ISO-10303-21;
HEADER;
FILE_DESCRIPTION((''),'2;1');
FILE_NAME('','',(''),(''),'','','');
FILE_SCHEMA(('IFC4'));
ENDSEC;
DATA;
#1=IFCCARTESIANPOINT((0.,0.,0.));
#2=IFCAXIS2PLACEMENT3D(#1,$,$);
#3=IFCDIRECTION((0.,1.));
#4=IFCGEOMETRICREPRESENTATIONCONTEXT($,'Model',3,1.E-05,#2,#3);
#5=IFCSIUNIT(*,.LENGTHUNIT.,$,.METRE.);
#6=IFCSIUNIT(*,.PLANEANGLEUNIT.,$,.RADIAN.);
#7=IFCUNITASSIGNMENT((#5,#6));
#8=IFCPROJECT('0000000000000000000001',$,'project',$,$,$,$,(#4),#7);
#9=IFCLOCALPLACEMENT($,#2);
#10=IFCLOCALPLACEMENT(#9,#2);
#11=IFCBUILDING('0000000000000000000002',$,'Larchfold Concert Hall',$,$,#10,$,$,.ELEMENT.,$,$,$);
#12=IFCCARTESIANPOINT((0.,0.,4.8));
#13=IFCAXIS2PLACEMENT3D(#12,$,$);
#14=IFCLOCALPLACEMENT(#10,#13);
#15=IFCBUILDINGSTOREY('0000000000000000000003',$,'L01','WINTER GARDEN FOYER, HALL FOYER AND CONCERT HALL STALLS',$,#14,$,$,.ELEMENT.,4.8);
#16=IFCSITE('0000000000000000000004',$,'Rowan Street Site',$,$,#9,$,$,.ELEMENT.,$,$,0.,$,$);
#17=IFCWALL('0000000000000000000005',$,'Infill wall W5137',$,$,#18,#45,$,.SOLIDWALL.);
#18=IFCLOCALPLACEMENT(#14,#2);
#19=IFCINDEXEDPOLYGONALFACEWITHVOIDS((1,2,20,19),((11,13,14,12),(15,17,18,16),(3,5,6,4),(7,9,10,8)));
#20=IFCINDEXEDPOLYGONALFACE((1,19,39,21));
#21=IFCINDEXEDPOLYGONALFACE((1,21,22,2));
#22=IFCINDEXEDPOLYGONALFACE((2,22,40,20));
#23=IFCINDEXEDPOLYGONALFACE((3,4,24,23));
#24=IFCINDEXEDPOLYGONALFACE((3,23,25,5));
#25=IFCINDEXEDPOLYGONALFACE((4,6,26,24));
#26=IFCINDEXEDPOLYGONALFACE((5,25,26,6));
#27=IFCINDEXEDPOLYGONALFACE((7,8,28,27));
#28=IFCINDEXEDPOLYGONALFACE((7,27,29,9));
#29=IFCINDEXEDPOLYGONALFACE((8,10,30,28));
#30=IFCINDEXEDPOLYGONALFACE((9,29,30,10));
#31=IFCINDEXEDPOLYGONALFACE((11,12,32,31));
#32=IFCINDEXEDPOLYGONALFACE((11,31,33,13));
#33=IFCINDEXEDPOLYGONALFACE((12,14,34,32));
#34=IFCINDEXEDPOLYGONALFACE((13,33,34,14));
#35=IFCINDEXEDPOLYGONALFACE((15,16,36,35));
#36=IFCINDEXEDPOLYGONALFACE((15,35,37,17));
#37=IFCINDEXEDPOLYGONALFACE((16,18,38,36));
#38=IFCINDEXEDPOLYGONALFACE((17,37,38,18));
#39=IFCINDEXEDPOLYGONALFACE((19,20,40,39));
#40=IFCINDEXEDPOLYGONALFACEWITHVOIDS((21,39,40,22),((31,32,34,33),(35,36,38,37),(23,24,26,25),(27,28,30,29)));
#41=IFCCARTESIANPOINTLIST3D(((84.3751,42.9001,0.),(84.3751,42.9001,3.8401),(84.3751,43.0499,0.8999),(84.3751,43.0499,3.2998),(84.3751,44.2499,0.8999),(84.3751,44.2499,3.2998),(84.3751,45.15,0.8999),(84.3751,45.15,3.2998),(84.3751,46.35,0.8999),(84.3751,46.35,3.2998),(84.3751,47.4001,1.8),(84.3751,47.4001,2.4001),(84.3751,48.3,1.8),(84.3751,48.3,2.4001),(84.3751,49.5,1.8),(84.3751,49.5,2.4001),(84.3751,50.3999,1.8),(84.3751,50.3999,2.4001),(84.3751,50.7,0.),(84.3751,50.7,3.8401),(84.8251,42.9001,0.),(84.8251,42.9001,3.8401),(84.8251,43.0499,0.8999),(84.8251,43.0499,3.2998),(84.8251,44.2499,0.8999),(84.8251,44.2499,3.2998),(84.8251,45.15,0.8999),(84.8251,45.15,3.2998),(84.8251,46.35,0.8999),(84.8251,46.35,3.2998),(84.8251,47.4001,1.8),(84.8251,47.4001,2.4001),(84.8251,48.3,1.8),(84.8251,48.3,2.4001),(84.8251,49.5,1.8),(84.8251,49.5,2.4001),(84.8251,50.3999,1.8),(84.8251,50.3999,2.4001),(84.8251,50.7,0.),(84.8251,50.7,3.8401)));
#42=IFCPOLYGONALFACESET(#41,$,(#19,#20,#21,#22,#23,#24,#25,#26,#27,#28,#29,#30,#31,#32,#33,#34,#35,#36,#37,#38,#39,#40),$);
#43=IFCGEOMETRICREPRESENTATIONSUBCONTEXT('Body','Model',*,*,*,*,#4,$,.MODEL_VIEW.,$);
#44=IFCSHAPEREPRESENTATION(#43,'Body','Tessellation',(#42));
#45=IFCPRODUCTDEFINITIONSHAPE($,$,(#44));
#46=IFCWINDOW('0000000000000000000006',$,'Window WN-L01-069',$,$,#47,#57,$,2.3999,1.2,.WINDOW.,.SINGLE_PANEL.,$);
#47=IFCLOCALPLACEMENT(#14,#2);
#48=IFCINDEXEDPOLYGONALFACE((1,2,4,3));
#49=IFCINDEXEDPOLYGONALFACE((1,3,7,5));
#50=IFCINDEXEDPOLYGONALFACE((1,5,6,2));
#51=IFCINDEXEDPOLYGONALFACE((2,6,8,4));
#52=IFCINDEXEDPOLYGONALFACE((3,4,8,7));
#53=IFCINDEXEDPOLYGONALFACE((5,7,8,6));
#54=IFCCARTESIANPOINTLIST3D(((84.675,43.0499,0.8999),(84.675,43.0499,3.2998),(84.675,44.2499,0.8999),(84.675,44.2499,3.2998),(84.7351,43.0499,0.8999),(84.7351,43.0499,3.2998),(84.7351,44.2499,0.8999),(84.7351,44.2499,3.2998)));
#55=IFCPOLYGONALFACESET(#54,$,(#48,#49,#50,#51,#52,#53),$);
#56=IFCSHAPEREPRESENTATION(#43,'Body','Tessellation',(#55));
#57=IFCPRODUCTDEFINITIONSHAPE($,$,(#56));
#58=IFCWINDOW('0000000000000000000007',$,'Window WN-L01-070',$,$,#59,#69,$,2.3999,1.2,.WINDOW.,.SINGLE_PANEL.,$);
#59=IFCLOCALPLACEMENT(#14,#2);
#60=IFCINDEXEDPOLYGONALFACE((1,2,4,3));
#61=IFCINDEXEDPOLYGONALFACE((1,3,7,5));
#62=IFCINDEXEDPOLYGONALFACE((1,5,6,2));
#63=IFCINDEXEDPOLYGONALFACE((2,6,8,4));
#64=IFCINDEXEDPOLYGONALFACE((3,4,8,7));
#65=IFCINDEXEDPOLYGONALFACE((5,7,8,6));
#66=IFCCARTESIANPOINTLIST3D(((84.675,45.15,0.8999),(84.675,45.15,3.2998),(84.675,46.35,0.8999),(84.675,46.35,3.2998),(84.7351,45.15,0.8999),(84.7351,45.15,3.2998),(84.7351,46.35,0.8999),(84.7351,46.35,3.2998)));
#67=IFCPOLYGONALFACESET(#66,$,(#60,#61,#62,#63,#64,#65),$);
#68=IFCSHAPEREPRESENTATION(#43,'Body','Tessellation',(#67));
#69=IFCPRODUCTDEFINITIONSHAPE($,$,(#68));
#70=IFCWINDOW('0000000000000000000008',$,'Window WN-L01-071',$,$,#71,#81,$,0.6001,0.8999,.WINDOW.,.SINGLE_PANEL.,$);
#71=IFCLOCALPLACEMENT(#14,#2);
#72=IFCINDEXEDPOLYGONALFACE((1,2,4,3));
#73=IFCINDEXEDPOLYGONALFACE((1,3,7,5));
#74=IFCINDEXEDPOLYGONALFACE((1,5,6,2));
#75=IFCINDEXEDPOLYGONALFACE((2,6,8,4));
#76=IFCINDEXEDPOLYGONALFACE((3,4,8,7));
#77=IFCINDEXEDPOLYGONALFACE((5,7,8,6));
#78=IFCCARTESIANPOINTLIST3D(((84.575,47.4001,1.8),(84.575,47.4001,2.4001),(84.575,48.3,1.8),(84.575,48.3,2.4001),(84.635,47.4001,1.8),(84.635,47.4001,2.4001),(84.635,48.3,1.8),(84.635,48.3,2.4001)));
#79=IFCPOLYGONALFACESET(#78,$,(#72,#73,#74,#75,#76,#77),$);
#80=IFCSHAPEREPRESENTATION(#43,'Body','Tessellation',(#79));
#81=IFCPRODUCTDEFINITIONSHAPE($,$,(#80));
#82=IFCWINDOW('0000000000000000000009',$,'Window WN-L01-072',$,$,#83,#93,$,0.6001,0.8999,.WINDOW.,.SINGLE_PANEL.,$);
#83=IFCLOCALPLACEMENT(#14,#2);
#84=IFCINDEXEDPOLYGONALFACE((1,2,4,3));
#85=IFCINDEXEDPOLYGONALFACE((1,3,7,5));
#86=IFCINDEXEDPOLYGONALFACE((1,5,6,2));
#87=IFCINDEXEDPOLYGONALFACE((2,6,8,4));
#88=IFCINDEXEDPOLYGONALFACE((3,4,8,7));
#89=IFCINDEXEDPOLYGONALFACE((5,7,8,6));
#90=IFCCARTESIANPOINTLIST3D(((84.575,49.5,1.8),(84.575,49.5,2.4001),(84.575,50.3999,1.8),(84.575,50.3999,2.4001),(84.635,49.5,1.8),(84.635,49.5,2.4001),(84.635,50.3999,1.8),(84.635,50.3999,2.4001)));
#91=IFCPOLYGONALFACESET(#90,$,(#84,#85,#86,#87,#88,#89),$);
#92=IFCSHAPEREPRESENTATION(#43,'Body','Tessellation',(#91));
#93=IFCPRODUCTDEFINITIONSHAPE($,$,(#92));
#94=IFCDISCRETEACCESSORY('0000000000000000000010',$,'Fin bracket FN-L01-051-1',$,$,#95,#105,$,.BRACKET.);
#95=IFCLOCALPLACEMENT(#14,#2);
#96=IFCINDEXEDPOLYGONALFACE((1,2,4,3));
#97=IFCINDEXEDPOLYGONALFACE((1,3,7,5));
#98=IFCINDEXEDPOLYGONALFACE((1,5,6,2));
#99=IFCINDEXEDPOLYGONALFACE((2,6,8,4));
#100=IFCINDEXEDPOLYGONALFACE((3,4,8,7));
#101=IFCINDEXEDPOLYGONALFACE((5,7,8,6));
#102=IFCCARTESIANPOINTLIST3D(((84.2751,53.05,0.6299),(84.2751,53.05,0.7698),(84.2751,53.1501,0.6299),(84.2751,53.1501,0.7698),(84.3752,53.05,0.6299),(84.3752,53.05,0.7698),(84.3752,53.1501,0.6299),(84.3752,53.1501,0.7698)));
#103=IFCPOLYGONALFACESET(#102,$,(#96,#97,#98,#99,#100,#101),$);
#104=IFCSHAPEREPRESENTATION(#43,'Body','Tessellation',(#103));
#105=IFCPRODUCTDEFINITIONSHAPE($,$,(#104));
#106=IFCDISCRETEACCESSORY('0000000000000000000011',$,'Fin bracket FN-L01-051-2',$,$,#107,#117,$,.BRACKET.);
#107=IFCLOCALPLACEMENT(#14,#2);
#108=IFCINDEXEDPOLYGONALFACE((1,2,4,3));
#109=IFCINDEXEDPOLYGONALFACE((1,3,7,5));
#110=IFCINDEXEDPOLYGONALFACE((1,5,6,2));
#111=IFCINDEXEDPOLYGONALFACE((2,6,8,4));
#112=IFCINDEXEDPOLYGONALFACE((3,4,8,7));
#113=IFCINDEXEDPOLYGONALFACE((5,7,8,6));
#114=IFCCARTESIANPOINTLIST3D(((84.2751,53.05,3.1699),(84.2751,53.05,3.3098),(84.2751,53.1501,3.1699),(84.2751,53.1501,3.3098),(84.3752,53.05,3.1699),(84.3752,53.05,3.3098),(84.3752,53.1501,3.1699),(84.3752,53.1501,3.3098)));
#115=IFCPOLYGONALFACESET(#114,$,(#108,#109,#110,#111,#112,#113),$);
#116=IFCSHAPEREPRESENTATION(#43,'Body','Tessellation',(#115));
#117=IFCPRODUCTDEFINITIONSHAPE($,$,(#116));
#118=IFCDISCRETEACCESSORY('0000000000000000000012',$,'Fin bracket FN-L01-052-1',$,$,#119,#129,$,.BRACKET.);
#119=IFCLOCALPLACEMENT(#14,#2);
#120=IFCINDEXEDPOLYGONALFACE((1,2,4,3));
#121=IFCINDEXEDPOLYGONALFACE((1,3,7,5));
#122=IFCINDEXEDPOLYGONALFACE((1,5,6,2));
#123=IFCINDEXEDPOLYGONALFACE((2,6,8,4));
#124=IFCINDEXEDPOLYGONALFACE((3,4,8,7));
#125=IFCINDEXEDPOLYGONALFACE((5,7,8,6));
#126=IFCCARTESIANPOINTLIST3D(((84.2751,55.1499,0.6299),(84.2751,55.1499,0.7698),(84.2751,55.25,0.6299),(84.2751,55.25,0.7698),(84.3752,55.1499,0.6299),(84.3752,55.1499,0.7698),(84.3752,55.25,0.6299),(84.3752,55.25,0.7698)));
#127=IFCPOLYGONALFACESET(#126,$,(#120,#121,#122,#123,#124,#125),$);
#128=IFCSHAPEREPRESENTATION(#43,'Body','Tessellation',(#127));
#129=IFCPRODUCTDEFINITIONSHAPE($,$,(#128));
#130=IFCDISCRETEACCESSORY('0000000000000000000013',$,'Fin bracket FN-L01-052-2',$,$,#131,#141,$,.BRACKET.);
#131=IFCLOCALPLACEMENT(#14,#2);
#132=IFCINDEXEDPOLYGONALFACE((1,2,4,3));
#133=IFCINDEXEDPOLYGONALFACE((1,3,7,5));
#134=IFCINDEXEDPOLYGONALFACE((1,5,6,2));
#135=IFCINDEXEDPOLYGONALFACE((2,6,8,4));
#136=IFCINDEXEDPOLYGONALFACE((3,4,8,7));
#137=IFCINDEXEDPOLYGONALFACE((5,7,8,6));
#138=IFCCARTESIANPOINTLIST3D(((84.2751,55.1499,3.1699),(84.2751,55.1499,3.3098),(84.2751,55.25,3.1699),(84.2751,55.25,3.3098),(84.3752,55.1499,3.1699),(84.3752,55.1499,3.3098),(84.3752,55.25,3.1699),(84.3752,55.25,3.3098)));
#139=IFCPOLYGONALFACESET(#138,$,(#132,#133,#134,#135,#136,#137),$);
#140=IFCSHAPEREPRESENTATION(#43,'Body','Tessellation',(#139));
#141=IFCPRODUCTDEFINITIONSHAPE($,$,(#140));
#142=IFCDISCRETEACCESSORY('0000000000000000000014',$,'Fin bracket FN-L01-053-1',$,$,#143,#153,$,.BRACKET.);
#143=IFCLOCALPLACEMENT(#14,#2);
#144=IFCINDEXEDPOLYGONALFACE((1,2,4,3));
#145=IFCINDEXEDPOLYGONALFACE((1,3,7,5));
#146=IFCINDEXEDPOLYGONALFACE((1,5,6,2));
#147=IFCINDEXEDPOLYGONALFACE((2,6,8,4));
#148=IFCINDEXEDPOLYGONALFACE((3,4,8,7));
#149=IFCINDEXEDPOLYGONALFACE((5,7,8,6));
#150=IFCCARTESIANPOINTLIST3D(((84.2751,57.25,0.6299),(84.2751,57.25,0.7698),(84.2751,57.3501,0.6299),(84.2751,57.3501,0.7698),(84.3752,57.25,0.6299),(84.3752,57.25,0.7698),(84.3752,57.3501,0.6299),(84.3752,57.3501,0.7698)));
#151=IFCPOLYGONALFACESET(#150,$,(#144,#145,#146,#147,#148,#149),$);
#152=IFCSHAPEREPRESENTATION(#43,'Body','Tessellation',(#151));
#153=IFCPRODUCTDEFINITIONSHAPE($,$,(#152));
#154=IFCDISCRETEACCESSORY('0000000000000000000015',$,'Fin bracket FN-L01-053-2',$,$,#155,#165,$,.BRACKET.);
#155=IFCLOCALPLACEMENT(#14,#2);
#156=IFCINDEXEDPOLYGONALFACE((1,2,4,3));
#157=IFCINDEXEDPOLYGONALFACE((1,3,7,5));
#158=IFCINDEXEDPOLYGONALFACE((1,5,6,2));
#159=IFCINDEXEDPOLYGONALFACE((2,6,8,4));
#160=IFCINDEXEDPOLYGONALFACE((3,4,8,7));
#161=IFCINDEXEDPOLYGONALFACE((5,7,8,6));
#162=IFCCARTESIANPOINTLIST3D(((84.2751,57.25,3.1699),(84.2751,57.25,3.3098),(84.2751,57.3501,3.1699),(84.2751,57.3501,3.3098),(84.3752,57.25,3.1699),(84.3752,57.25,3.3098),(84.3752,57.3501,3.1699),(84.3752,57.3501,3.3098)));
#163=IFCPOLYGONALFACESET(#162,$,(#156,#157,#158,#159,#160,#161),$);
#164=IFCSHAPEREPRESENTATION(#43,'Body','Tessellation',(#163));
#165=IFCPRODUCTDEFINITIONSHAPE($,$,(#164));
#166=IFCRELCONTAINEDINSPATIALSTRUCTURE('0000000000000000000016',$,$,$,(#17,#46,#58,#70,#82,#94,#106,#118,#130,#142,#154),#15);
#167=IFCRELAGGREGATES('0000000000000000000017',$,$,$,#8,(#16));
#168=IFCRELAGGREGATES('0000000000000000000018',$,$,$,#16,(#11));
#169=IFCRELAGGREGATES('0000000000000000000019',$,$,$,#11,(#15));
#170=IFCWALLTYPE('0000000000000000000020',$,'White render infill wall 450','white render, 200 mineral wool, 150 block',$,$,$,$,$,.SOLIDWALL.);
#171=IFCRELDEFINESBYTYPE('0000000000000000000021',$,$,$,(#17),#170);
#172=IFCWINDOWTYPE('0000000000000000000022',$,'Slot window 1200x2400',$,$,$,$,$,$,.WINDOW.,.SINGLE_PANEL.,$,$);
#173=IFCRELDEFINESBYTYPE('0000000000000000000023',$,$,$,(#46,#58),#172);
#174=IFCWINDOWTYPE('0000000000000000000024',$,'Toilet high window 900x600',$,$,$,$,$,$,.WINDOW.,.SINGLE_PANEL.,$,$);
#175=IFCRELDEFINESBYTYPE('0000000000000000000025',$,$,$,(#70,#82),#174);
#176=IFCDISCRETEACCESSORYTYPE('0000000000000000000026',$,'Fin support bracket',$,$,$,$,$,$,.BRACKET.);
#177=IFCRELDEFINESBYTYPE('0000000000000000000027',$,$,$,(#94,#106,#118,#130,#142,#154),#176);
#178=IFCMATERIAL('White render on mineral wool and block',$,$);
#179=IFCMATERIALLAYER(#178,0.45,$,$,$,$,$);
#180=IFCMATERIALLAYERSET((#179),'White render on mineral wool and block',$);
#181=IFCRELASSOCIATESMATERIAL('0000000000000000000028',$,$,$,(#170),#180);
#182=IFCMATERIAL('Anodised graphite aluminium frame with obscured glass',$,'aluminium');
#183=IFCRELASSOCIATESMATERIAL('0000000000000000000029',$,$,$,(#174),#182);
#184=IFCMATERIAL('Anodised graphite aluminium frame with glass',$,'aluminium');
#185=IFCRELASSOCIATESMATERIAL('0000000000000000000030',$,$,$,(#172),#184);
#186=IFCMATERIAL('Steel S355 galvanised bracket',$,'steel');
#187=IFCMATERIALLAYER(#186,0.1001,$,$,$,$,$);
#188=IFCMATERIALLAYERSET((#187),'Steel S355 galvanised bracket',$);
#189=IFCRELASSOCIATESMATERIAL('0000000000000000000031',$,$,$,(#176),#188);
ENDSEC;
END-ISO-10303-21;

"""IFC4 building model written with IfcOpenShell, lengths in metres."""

from ifc_helpers import new_model, si_unit, direction, frame, frame_2d, origin, origin_2d, place, context, subcontext, project, spatial, rectangle, extrude, material, layer, layer_set, type_object, element, fill, save


model = new_model("IFC4")

# Units and contexts
model_context = context("Model", 3, precision=1e-05, world=origin(), true_north=direction((0.0, 1.0)))
body_context = subcontext(model_context, "Body", "Model", "MODEL_VIEW")
ifc_project = project(units=[si_unit("LENGTHUNIT", "METRE"), si_unit("PLANEANGLEUNIT", "RADIAN")], contexts=[model_context])

# Site, building, storey
site_placement = place(None, origin())
site = spatial("IfcSite", under=ifc_project, at=site_placement, Name="Rowan Street Site", CompositionType="ELEMENT", RefElevation=0.0)
building_placement = place(site_placement, origin())
building = spatial("IfcBuilding", under=site, at=building_placement, Name="Larchfold Concert Hall", CompositionType="ELEMENT")
storey_placement = place(building_placement, frame((0.0, 0.0, 4.8)))
storey = spatial("IfcBuildingStorey", under=building, at=storey_placement, Name="L01", Description="WINTER GARDEN FOYER, HALL FOYER AND CONCERT HALL STALLS", CompositionType="ELEMENT", Elevation=4.8)

# Wall, openings, windows
ifc_material_1 = material(Name="White render on mineral wool and block")
ifc_layer_1 = layer(ifc_material_1, 0.45)
ifc_layer_set_1 = layer_set([ifc_layer_1], Name="White render on mineral wool and block")
wall_type_1 = type_object("IfcWallType", Name="White render infill wall 450", Description="white render, 200 mineral wool, 150 block", PredefinedType="SOLIDWALL", material=ifc_layer_set_1)
ifc_material_2 = material(Name="Anodised graphite aluminium frame with obscured glass", Category="aluminium")
window_type_1 = type_object("IfcWindowType", Name="Toilet high window 900x600", PartitioningType="SINGLE_PANEL", PredefinedType="WINDOW", material=ifc_material_2)
wall_1_placement = place(storey_placement, frame((84.6001, 50.7, 0.0), z_axis=(0.0, 0.0, 1.0), x_axis=(0.0, -1.0, 0.0)))
wall_1 = element("IfcWall", 1, at=wall_1_placement, inside=storey, type_object=wall_type_1, Name="Infill wall W5137", PredefinedType="SOLIDWALL", context=body_context, shape_type="SweptSolid", body=[
    extrude(rectangle(XDim=7.7998, YDim=0.45, at=frame_2d((3.8999, 0.0))), origin(), (0.0, 0.0, 1.0), 3.8401),
])
opening_1_placement = place(wall_1_placement, frame((6.45, 0.0, 0.8999)))
opening_1 = element("IfcOpeningElement", 2, at=opening_1_placement, cuts=wall_1, PredefinedType="OPENING", context=body_context, shape_type="SweptSolid", body=[
    extrude(rectangle(XDim=1.2, YDim=2.3999, at=frame_2d((0.6001, 1.2))), frame((0.0, 0.2349, 0.0), z_axis=(0.0, -1.0, 0.0), x_axis=(1.0, 0.0, 0.0)), (0.0, 0.0, 1.0), 0.47),
])
opening_2_placement = place(wall_1_placement, frame((4.3499, 0.0, 0.8999)))
opening_2 = element("IfcOpeningElement", 3, at=opening_2_placement, cuts=wall_1, PredefinedType="OPENING", context=body_context, shape_type="SweptSolid", body=[
    extrude(rectangle(XDim=1.2, YDim=2.3999, at=frame_2d((0.6001, 1.2))), frame((0.0, 0.2349, 0.0), z_axis=(0.0, -1.0, 0.0), x_axis=(1.0, 0.0, 0.0)), (0.0, 0.0, 1.0), 0.47),
])
opening_3_placement = place(wall_1_placement, frame((2.3999, 0.0, 1.8)))
opening_3 = element("IfcOpeningElement", 4, at=opening_3_placement, cuts=wall_1, PredefinedType="OPENING", context=body_context, shape_type="SweptSolid", body=[
    extrude(rectangle(XDim=0.8999, YDim=0.6001, at=frame_2d((0.45, 0.3))), frame((0.0, 0.2349, 0.0), z_axis=(0.0, -1.0, 0.0), x_axis=(1.0, 0.0, 0.0)), (0.0, 0.0, 1.0), 0.47),
])
opening_4_placement = place(wall_1_placement, frame((0.3, 0.0, 1.8)))
opening_4 = element("IfcOpeningElement", 5, at=opening_4_placement, cuts=wall_1, PredefinedType="OPENING", context=body_context, shape_type="SweptSolid", body=[
    extrude(rectangle(XDim=0.8999, YDim=0.6001, at=frame_2d((0.45, 0.3))), frame((0.0, 0.2349, 0.0), z_axis=(0.0, -1.0, 0.0), x_axis=(1.0, 0.0, 0.0)), (0.0, 0.0, 1.0), 0.47),
])
ifc_material_3 = material(Name="Anodised graphite aluminium frame with glass", Category="aluminium")
window_type_2 = type_object("IfcWindowType", Name="Slot window 1200x2400", PartitioningType="SINGLE_PANEL", PredefinedType="WINDOW", material=ifc_material_3)
window_1_placement = place(opening_1_placement, origin())
window_1 = element("IfcWindow", 6, at=window_1_placement, inside=storey, type_object=window_type_2, Name="Window WN-L01-069", OverallHeight=2.3999, OverallWidth=1.2, PartitioningType="SINGLE_PANEL", PredefinedType="WINDOW", context=body_context, shape_type="SweptSolid", body=[
    extrude(rectangle(XDim=1.2, YDim=2.3999, at=frame_2d((0.6001, 1.2))), frame((0.0, 0.135, 0.0), z_axis=(0.0, -1.0, 0.0), x_axis=(1.0, 0.0, 0.0)), (0.0, 0.0, 1.0), 0.0601),
])
fill(opening_1, window_1)
window_2_placement = place(opening_2_placement, origin())
window_2 = element("IfcWindow", 7, at=window_2_placement, inside=storey, type_object=window_type_2, Name="Window WN-L01-070", OverallHeight=2.3999, OverallWidth=1.2, PartitioningType="SINGLE_PANEL", PredefinedType="WINDOW", context=body_context, shape_type="SweptSolid", body=[
    extrude(rectangle(XDim=1.2, YDim=2.3999, at=frame_2d((0.6001, 1.2))), frame((0.0, 0.135, 0.0), z_axis=(0.0, -1.0, 0.0), x_axis=(1.0, 0.0, 0.0)), (0.0, 0.0, 1.0), 0.0601),
])
fill(opening_2, window_2)
window_3_placement = place(opening_3_placement, origin())
window_3 = element("IfcWindow", 8, at=window_3_placement, inside=storey, type_object=window_type_1, Name="Window WN-L01-071", OverallHeight=0.6001, OverallWidth=0.8999, PartitioningType="SINGLE_PANEL", PredefinedType="WINDOW", context=body_context, shape_type="SweptSolid", body=[
    extrude(rectangle(XDim=0.8999, YDim=0.6001, at=frame_2d((0.45, 0.3))), frame((0.0, 0.0349, 0.0), z_axis=(0.0, -1.0, 0.0), x_axis=(1.0, 0.0, 0.0)), (0.0, 0.0, 1.0), 0.0601),
])
fill(opening_3, window_3)
window_4_placement = place(opening_4_placement, origin())
window_4 = element("IfcWindow", 9, at=window_4_placement, inside=storey, type_object=window_type_1, Name="Window WN-L01-072", OverallHeight=0.6001, OverallWidth=0.8999, PartitioningType="SINGLE_PANEL", PredefinedType="WINDOW", context=body_context, shape_type="SweptSolid", body=[
    extrude(rectangle(XDim=0.8999, YDim=0.6001, at=frame_2d((0.45, 0.3))), frame((0.0, 0.0349, 0.0), z_axis=(0.0, -1.0, 0.0), x_axis=(1.0, 0.0, 0.0)), (0.0, 0.0, 1.0), 0.0601),
])
fill(opening_4, window_4)

# Discrete accessories
ifc_material_4 = material(Name="Steel S355 galvanised bracket", Category="steel")
ifc_layer_2 = layer(ifc_material_4, 0.1001)
ifc_layer_set_2 = layer_set([ifc_layer_2], Name="Steel S355 galvanised bracket")
discrete_accessory_type = type_object("IfcDiscreteAccessoryType", Name="Fin support bracket", PredefinedType="BRACKET", material=ifc_layer_set_2)
for number, where, z_axis, x_axis, name in (
    (10, (84.3252, 53.1001, 0.6299), (0.0, 0.0, 1.0), (-1.0, 0.0, 0.0), "Fin bracket FN-L01-051-1"),
    (11, (84.3252, 53.1001, 3.1699), (0.0, 0.0, 1.0), (-1.0, 0.0, 0.0), "Fin bracket FN-L01-051-2"),
    (12, (84.3252, 55.2, 0.6299), (0.0, 0.0, 1.0), (-1.0, 0.0, 0.0), "Fin bracket FN-L01-052-1"),
    (13, (84.3252, 55.2, 3.1699), (0.0, 0.0, 1.0), (-1.0, 0.0, 0.0), "Fin bracket FN-L01-052-2"),
    (14, (84.3252, 57.3, 0.6299), (0.0, 0.0, 1.0), (-1.0, 0.0, 0.0), "Fin bracket FN-L01-053-1"),
    (15, (84.3252, 57.3, 3.1699), (0.0, 0.0, 1.0), (-1.0, 0.0, 0.0), "Fin bracket FN-L01-053-2"),
):
    element("IfcDiscreteAccessory", number, at=place(storey_placement, frame(where, z_axis=z_axis, x_axis=x_axis)), inside=storey, type_object=discrete_accessory_type, Name=name, PredefinedType="BRACKET", context=body_context, shape_type="SweptSolid", body=[
        extrude(rectangle(XDim=0.1001, YDim=0.1001, at=origin_2d()), origin(), (0.0, 0.0, 1.0), 0.1399),
    ])

save(model, "model.ifc")
